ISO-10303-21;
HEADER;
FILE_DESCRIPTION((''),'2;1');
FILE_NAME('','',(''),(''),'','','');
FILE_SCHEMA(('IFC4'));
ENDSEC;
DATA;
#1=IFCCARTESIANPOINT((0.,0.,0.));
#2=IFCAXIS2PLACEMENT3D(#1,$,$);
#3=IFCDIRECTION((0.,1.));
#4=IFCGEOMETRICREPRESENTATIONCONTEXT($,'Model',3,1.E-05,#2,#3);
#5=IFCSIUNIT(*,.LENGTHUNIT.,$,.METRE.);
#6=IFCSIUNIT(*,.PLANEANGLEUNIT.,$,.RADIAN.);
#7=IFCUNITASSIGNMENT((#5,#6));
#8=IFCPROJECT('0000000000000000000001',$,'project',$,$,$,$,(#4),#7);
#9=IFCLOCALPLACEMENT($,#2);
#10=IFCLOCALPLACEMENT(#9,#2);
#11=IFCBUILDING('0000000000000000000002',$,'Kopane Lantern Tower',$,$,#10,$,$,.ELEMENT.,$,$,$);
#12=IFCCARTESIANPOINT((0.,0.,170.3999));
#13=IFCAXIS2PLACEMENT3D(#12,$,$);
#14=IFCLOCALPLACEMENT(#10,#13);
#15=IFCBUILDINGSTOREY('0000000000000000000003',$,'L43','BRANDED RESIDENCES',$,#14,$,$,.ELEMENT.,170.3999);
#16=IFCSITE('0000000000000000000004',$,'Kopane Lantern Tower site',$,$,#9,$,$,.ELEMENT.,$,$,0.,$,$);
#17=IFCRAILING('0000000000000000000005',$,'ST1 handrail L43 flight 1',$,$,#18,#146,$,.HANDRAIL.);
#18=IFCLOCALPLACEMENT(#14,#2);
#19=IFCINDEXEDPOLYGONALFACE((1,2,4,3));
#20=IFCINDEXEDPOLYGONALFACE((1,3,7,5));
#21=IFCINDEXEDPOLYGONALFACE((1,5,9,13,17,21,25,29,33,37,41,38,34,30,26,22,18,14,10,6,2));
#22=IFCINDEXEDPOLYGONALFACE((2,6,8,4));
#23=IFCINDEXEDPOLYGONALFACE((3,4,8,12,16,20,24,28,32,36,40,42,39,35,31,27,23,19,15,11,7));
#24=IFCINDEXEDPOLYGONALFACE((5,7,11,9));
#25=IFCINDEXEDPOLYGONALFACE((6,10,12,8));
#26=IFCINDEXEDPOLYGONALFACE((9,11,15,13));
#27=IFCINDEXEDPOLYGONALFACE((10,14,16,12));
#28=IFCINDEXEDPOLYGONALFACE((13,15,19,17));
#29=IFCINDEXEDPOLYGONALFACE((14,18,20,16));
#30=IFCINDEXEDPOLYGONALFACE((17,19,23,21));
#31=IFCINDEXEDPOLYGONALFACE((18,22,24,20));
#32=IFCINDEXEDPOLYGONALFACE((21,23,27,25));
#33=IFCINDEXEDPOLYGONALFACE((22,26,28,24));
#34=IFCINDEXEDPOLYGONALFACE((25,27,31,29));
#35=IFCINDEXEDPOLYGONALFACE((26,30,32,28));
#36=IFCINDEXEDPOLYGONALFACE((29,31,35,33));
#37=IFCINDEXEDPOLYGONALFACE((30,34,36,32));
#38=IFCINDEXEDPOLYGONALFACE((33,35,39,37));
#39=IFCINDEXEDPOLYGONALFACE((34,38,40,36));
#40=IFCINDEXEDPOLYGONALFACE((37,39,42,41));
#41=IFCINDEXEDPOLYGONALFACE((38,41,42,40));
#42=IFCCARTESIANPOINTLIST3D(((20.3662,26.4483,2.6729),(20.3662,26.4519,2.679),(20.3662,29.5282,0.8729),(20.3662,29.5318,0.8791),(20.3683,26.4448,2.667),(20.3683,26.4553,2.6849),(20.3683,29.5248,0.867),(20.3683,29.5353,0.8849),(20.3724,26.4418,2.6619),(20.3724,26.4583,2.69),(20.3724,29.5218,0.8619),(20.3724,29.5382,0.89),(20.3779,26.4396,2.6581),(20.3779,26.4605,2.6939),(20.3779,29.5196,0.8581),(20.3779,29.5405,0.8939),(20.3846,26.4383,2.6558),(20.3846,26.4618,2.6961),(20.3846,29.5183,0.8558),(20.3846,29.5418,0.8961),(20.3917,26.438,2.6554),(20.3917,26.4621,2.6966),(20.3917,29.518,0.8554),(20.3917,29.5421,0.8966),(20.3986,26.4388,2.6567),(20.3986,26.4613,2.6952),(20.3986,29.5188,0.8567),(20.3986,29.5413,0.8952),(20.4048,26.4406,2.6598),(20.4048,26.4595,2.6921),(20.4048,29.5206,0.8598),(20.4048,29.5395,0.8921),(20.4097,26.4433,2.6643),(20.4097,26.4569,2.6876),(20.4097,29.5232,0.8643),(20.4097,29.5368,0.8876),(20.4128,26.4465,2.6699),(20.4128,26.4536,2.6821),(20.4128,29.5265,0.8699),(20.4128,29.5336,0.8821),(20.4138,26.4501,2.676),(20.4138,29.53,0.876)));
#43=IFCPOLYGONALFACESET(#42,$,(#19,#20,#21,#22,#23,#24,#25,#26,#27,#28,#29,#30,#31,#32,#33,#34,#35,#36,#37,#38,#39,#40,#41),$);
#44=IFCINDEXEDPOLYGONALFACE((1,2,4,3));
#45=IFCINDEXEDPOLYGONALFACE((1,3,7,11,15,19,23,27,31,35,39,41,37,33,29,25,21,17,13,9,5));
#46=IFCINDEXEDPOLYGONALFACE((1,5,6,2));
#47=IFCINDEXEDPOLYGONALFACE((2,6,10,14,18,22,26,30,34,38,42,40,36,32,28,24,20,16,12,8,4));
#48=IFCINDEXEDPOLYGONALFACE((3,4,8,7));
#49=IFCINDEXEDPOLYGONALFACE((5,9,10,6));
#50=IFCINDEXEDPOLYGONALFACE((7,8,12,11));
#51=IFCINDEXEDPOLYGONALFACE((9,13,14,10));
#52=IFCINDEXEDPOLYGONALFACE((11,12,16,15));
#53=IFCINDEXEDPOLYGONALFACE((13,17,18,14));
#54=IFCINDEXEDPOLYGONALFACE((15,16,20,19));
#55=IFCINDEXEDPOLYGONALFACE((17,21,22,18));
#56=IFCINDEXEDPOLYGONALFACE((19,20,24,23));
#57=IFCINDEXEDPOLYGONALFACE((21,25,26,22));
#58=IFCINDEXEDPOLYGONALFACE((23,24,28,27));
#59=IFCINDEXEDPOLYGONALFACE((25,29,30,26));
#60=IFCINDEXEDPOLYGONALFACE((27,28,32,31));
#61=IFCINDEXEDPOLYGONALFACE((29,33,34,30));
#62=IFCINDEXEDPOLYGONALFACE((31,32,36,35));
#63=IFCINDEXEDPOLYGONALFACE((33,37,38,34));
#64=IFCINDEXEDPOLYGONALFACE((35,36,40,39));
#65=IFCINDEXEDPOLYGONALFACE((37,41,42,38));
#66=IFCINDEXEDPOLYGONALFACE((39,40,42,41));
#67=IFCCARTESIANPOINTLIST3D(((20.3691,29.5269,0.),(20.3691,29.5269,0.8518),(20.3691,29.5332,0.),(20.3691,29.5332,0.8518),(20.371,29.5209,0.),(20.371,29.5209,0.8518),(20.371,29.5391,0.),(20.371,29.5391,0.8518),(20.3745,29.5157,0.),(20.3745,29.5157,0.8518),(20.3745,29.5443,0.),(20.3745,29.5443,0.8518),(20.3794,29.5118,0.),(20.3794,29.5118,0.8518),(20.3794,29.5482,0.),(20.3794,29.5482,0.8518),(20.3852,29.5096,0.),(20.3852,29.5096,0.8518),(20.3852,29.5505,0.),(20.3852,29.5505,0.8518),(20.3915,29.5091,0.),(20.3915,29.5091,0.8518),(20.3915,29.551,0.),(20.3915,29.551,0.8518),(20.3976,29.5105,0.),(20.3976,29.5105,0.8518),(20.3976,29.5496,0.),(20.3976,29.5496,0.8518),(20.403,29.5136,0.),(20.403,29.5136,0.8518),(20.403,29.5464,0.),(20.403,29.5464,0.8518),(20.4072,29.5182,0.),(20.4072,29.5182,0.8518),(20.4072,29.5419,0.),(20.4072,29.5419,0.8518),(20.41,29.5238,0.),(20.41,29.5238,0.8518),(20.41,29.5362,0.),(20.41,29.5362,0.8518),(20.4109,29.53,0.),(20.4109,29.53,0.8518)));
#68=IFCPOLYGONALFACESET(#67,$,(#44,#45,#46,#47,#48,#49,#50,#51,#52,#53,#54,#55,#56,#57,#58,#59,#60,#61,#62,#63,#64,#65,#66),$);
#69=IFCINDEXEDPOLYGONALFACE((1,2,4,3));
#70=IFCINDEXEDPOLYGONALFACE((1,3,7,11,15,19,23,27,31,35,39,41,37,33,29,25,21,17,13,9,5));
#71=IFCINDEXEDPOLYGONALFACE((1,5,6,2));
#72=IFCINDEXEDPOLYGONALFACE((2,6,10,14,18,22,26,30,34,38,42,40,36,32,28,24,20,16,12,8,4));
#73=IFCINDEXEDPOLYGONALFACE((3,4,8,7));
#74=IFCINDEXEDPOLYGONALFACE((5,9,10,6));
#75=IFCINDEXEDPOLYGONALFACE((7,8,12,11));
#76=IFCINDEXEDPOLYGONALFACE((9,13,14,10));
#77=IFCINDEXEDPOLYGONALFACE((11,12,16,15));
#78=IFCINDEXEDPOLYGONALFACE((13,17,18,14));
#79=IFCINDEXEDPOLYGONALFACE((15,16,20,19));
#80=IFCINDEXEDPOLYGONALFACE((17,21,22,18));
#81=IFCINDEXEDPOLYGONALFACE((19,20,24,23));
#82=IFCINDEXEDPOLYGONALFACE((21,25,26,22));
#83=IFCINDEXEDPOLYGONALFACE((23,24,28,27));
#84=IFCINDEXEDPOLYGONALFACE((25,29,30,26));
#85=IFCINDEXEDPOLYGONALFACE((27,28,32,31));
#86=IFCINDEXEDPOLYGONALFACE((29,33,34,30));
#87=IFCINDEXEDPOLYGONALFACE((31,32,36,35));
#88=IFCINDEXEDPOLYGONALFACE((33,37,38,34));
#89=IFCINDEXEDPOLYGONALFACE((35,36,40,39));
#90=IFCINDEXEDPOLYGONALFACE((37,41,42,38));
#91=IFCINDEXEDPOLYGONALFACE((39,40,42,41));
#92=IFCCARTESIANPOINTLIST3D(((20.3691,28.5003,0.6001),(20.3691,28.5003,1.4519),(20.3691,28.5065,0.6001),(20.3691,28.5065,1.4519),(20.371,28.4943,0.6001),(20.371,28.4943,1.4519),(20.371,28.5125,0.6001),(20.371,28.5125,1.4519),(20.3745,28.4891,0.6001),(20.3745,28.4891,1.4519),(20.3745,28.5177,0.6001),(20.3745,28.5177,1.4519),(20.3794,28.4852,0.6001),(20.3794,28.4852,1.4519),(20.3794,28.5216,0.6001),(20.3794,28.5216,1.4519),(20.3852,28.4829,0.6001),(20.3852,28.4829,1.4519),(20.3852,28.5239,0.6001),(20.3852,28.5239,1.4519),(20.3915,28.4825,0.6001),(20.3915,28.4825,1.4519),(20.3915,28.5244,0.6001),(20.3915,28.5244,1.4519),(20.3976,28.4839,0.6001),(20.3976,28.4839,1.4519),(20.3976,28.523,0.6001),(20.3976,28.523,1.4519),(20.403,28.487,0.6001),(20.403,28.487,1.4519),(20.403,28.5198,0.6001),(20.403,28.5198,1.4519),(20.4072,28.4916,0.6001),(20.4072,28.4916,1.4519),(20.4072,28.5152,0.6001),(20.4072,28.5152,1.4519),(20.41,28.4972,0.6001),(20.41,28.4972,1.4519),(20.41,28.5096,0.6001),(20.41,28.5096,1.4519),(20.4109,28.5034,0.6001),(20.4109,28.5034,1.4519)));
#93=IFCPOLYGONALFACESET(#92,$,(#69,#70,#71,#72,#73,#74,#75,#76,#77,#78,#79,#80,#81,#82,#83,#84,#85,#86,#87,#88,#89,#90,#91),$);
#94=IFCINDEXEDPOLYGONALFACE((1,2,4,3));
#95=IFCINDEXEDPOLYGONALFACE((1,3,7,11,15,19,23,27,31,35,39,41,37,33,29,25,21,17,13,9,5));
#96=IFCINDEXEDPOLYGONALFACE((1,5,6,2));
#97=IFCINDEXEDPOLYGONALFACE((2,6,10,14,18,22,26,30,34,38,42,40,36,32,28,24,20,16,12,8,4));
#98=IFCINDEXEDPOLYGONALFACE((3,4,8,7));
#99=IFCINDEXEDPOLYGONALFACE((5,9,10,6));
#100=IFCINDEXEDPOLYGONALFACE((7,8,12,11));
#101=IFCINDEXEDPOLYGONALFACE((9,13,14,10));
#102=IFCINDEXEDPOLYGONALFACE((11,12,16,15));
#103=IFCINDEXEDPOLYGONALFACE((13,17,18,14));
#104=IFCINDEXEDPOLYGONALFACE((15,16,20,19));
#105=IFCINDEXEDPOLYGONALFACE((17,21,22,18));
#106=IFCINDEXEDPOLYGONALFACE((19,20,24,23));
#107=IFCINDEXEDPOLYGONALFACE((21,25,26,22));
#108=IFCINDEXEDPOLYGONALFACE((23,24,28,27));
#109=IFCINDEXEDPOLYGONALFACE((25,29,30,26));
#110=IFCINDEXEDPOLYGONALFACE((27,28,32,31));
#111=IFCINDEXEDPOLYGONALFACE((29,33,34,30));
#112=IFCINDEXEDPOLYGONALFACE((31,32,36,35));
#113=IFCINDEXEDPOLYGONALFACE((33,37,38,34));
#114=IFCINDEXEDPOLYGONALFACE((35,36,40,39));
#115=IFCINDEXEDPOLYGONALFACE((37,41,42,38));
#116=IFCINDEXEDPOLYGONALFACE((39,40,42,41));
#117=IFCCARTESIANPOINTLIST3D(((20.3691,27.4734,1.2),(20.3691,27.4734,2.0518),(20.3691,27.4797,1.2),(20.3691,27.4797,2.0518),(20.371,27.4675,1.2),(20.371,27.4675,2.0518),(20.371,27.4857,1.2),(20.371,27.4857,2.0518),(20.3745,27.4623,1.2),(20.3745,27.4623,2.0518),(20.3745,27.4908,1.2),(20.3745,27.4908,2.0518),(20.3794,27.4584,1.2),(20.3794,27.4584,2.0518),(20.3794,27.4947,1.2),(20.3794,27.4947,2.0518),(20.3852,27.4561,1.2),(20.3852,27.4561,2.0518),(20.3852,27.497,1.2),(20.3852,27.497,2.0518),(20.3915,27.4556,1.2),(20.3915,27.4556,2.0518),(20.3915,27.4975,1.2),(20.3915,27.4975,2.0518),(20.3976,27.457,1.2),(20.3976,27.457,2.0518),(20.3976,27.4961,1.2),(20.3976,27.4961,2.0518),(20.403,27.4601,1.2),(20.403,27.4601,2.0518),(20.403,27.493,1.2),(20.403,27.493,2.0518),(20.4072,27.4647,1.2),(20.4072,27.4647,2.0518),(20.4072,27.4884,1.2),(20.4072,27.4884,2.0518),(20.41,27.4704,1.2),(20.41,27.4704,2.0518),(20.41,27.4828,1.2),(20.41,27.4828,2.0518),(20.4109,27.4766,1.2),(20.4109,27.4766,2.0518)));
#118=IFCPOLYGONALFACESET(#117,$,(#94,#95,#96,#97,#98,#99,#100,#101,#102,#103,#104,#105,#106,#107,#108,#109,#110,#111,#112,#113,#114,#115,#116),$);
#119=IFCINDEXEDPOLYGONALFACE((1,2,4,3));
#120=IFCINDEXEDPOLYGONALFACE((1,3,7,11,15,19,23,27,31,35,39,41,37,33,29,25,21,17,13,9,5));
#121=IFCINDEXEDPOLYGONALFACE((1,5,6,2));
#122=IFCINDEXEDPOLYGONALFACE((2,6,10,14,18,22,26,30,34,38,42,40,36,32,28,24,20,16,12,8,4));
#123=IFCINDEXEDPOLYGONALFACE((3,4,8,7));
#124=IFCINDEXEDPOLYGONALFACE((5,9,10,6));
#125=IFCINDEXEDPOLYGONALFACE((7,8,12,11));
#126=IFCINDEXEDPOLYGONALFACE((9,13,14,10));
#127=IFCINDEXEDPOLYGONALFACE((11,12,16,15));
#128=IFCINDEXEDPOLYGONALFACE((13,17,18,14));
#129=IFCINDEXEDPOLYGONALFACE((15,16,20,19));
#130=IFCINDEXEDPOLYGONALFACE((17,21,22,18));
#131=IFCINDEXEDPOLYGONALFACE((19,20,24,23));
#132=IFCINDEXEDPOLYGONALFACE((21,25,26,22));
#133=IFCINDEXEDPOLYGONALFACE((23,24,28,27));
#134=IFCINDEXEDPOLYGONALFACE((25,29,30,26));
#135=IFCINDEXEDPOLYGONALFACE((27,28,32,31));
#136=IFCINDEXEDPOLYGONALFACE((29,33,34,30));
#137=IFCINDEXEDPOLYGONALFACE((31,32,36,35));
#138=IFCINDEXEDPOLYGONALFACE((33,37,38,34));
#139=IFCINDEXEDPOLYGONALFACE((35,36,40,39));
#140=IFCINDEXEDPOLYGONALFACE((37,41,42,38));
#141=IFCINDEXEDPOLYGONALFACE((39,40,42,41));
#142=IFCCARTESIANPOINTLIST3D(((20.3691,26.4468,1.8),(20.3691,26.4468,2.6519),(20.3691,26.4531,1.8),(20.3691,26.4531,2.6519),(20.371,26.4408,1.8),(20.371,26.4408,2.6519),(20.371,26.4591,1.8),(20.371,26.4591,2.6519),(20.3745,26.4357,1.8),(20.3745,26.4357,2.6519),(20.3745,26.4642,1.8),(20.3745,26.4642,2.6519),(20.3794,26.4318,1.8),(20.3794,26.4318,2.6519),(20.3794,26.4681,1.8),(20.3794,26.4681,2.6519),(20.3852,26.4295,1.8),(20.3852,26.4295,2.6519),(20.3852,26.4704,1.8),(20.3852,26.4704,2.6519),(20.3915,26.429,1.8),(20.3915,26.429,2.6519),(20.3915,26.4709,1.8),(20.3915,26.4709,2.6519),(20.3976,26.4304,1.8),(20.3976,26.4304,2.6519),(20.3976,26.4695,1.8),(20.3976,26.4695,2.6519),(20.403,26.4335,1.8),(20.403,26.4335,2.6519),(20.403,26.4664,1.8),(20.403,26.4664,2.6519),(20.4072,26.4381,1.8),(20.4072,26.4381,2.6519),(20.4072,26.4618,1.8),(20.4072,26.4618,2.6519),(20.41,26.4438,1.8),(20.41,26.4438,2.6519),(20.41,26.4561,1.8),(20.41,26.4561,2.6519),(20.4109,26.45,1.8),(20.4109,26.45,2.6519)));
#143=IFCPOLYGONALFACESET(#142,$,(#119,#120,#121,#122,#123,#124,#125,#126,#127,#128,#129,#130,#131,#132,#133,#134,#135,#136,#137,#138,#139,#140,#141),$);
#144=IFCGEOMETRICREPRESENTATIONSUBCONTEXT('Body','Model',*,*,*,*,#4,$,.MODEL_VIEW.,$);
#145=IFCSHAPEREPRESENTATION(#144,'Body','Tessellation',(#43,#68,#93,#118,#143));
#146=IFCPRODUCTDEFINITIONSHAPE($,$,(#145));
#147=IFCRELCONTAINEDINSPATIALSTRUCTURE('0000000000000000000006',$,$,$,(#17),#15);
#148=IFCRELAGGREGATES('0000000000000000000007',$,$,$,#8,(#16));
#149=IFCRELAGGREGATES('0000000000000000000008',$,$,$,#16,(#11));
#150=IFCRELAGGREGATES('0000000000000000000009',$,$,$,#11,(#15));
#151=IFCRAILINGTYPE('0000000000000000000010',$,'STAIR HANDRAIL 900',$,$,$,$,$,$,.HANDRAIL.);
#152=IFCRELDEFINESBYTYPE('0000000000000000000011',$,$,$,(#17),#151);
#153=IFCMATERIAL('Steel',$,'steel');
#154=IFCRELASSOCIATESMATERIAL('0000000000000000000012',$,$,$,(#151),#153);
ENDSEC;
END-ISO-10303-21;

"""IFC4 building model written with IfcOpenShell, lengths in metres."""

from ifc_helpers import new_model, si_unit, direction, frame, origin, origin_2d, place, context, subcontext, project, spatial, circle, extrude, material, type_object, element, save


model = new_model("IFC4")

# Units and contexts
model_context = context("Model", 3, precision=1e-05, world=origin(), true_north=direction((0.0, 1.0)))
body_context = subcontext(model_context, "Body", "Model", "MODEL_VIEW")
ifc_project = project(units=[si_unit("LENGTHUNIT", "METRE"), si_unit("PLANEANGLEUNIT", "RADIAN")], contexts=[model_context])

# Site, building, storey
site_placement = place(None, origin())
site = spatial("IfcSite", under=ifc_project, at=site_placement, Name="Kopane Lantern Tower site", CompositionType="ELEMENT", RefElevation=0.0)
building_placement = place(site_placement, origin())
building = spatial("IfcBuilding", under=site, at=building_placement, Name="Kopane Lantern Tower", CompositionType="ELEMENT")
storey_placement = place(building_placement, frame((0.0, 0.0, 170.3999)))
storey = spatial("IfcBuildingStorey", under=building, at=storey_placement, Name="L43", Description="BRANDED RESIDENCES", CompositionType="ELEMENT", Elevation=170.3999)

# Railing
ifc_material_1 = material(Name="Steel", Category="steel")
railing_type_1 = type_object("IfcRailingType", Name="STAIR HANDRAIL 900", PredefinedType="HANDRAIL", material=ifc_material_1)
for number, where, name in (
    (1, (20.3899, 29.53, 0.0), "ST1 handrail L43 flight 1"),
):
    element("IfcRailing", number, at=place(storey_placement, frame(where)), inside=storey, type_object=railing_type_1, Name=name, PredefinedType="HANDRAIL", context=body_context, shape_type="SweptSolid", body=[
        extrude(circle(Radius=0.0239, at=origin_2d()), frame((0.0, 0.0, 0.876), z_axis=(0.0, -0.863372, 0.504569), x_axis=(1.0, 0.0, 0.0)), (0.0, 0.0, 1.0), 3.5674),
        extrude(circle(Radius=0.021, at=origin_2d()), origin(), (0.0, 0.0, 1.0), 0.8518),
        extrude(circle(Radius=0.021, at=origin_2d()), frame((0.0, -1.0266, 0.6001)), (0.0, 0.0, 1.0), 0.8518),
        extrude(circle(Radius=0.021, at=origin_2d()), frame((0.0, -2.0535, 1.2)), (0.0, 0.0, 1.0), 0.8518),
        extrude(circle(Radius=0.021, at=origin_2d()), frame((0.0, -3.0801, 1.8)), (0.0, 0.0, 1.0), 0.8518),
    ])

save(model, "model.ifc")
